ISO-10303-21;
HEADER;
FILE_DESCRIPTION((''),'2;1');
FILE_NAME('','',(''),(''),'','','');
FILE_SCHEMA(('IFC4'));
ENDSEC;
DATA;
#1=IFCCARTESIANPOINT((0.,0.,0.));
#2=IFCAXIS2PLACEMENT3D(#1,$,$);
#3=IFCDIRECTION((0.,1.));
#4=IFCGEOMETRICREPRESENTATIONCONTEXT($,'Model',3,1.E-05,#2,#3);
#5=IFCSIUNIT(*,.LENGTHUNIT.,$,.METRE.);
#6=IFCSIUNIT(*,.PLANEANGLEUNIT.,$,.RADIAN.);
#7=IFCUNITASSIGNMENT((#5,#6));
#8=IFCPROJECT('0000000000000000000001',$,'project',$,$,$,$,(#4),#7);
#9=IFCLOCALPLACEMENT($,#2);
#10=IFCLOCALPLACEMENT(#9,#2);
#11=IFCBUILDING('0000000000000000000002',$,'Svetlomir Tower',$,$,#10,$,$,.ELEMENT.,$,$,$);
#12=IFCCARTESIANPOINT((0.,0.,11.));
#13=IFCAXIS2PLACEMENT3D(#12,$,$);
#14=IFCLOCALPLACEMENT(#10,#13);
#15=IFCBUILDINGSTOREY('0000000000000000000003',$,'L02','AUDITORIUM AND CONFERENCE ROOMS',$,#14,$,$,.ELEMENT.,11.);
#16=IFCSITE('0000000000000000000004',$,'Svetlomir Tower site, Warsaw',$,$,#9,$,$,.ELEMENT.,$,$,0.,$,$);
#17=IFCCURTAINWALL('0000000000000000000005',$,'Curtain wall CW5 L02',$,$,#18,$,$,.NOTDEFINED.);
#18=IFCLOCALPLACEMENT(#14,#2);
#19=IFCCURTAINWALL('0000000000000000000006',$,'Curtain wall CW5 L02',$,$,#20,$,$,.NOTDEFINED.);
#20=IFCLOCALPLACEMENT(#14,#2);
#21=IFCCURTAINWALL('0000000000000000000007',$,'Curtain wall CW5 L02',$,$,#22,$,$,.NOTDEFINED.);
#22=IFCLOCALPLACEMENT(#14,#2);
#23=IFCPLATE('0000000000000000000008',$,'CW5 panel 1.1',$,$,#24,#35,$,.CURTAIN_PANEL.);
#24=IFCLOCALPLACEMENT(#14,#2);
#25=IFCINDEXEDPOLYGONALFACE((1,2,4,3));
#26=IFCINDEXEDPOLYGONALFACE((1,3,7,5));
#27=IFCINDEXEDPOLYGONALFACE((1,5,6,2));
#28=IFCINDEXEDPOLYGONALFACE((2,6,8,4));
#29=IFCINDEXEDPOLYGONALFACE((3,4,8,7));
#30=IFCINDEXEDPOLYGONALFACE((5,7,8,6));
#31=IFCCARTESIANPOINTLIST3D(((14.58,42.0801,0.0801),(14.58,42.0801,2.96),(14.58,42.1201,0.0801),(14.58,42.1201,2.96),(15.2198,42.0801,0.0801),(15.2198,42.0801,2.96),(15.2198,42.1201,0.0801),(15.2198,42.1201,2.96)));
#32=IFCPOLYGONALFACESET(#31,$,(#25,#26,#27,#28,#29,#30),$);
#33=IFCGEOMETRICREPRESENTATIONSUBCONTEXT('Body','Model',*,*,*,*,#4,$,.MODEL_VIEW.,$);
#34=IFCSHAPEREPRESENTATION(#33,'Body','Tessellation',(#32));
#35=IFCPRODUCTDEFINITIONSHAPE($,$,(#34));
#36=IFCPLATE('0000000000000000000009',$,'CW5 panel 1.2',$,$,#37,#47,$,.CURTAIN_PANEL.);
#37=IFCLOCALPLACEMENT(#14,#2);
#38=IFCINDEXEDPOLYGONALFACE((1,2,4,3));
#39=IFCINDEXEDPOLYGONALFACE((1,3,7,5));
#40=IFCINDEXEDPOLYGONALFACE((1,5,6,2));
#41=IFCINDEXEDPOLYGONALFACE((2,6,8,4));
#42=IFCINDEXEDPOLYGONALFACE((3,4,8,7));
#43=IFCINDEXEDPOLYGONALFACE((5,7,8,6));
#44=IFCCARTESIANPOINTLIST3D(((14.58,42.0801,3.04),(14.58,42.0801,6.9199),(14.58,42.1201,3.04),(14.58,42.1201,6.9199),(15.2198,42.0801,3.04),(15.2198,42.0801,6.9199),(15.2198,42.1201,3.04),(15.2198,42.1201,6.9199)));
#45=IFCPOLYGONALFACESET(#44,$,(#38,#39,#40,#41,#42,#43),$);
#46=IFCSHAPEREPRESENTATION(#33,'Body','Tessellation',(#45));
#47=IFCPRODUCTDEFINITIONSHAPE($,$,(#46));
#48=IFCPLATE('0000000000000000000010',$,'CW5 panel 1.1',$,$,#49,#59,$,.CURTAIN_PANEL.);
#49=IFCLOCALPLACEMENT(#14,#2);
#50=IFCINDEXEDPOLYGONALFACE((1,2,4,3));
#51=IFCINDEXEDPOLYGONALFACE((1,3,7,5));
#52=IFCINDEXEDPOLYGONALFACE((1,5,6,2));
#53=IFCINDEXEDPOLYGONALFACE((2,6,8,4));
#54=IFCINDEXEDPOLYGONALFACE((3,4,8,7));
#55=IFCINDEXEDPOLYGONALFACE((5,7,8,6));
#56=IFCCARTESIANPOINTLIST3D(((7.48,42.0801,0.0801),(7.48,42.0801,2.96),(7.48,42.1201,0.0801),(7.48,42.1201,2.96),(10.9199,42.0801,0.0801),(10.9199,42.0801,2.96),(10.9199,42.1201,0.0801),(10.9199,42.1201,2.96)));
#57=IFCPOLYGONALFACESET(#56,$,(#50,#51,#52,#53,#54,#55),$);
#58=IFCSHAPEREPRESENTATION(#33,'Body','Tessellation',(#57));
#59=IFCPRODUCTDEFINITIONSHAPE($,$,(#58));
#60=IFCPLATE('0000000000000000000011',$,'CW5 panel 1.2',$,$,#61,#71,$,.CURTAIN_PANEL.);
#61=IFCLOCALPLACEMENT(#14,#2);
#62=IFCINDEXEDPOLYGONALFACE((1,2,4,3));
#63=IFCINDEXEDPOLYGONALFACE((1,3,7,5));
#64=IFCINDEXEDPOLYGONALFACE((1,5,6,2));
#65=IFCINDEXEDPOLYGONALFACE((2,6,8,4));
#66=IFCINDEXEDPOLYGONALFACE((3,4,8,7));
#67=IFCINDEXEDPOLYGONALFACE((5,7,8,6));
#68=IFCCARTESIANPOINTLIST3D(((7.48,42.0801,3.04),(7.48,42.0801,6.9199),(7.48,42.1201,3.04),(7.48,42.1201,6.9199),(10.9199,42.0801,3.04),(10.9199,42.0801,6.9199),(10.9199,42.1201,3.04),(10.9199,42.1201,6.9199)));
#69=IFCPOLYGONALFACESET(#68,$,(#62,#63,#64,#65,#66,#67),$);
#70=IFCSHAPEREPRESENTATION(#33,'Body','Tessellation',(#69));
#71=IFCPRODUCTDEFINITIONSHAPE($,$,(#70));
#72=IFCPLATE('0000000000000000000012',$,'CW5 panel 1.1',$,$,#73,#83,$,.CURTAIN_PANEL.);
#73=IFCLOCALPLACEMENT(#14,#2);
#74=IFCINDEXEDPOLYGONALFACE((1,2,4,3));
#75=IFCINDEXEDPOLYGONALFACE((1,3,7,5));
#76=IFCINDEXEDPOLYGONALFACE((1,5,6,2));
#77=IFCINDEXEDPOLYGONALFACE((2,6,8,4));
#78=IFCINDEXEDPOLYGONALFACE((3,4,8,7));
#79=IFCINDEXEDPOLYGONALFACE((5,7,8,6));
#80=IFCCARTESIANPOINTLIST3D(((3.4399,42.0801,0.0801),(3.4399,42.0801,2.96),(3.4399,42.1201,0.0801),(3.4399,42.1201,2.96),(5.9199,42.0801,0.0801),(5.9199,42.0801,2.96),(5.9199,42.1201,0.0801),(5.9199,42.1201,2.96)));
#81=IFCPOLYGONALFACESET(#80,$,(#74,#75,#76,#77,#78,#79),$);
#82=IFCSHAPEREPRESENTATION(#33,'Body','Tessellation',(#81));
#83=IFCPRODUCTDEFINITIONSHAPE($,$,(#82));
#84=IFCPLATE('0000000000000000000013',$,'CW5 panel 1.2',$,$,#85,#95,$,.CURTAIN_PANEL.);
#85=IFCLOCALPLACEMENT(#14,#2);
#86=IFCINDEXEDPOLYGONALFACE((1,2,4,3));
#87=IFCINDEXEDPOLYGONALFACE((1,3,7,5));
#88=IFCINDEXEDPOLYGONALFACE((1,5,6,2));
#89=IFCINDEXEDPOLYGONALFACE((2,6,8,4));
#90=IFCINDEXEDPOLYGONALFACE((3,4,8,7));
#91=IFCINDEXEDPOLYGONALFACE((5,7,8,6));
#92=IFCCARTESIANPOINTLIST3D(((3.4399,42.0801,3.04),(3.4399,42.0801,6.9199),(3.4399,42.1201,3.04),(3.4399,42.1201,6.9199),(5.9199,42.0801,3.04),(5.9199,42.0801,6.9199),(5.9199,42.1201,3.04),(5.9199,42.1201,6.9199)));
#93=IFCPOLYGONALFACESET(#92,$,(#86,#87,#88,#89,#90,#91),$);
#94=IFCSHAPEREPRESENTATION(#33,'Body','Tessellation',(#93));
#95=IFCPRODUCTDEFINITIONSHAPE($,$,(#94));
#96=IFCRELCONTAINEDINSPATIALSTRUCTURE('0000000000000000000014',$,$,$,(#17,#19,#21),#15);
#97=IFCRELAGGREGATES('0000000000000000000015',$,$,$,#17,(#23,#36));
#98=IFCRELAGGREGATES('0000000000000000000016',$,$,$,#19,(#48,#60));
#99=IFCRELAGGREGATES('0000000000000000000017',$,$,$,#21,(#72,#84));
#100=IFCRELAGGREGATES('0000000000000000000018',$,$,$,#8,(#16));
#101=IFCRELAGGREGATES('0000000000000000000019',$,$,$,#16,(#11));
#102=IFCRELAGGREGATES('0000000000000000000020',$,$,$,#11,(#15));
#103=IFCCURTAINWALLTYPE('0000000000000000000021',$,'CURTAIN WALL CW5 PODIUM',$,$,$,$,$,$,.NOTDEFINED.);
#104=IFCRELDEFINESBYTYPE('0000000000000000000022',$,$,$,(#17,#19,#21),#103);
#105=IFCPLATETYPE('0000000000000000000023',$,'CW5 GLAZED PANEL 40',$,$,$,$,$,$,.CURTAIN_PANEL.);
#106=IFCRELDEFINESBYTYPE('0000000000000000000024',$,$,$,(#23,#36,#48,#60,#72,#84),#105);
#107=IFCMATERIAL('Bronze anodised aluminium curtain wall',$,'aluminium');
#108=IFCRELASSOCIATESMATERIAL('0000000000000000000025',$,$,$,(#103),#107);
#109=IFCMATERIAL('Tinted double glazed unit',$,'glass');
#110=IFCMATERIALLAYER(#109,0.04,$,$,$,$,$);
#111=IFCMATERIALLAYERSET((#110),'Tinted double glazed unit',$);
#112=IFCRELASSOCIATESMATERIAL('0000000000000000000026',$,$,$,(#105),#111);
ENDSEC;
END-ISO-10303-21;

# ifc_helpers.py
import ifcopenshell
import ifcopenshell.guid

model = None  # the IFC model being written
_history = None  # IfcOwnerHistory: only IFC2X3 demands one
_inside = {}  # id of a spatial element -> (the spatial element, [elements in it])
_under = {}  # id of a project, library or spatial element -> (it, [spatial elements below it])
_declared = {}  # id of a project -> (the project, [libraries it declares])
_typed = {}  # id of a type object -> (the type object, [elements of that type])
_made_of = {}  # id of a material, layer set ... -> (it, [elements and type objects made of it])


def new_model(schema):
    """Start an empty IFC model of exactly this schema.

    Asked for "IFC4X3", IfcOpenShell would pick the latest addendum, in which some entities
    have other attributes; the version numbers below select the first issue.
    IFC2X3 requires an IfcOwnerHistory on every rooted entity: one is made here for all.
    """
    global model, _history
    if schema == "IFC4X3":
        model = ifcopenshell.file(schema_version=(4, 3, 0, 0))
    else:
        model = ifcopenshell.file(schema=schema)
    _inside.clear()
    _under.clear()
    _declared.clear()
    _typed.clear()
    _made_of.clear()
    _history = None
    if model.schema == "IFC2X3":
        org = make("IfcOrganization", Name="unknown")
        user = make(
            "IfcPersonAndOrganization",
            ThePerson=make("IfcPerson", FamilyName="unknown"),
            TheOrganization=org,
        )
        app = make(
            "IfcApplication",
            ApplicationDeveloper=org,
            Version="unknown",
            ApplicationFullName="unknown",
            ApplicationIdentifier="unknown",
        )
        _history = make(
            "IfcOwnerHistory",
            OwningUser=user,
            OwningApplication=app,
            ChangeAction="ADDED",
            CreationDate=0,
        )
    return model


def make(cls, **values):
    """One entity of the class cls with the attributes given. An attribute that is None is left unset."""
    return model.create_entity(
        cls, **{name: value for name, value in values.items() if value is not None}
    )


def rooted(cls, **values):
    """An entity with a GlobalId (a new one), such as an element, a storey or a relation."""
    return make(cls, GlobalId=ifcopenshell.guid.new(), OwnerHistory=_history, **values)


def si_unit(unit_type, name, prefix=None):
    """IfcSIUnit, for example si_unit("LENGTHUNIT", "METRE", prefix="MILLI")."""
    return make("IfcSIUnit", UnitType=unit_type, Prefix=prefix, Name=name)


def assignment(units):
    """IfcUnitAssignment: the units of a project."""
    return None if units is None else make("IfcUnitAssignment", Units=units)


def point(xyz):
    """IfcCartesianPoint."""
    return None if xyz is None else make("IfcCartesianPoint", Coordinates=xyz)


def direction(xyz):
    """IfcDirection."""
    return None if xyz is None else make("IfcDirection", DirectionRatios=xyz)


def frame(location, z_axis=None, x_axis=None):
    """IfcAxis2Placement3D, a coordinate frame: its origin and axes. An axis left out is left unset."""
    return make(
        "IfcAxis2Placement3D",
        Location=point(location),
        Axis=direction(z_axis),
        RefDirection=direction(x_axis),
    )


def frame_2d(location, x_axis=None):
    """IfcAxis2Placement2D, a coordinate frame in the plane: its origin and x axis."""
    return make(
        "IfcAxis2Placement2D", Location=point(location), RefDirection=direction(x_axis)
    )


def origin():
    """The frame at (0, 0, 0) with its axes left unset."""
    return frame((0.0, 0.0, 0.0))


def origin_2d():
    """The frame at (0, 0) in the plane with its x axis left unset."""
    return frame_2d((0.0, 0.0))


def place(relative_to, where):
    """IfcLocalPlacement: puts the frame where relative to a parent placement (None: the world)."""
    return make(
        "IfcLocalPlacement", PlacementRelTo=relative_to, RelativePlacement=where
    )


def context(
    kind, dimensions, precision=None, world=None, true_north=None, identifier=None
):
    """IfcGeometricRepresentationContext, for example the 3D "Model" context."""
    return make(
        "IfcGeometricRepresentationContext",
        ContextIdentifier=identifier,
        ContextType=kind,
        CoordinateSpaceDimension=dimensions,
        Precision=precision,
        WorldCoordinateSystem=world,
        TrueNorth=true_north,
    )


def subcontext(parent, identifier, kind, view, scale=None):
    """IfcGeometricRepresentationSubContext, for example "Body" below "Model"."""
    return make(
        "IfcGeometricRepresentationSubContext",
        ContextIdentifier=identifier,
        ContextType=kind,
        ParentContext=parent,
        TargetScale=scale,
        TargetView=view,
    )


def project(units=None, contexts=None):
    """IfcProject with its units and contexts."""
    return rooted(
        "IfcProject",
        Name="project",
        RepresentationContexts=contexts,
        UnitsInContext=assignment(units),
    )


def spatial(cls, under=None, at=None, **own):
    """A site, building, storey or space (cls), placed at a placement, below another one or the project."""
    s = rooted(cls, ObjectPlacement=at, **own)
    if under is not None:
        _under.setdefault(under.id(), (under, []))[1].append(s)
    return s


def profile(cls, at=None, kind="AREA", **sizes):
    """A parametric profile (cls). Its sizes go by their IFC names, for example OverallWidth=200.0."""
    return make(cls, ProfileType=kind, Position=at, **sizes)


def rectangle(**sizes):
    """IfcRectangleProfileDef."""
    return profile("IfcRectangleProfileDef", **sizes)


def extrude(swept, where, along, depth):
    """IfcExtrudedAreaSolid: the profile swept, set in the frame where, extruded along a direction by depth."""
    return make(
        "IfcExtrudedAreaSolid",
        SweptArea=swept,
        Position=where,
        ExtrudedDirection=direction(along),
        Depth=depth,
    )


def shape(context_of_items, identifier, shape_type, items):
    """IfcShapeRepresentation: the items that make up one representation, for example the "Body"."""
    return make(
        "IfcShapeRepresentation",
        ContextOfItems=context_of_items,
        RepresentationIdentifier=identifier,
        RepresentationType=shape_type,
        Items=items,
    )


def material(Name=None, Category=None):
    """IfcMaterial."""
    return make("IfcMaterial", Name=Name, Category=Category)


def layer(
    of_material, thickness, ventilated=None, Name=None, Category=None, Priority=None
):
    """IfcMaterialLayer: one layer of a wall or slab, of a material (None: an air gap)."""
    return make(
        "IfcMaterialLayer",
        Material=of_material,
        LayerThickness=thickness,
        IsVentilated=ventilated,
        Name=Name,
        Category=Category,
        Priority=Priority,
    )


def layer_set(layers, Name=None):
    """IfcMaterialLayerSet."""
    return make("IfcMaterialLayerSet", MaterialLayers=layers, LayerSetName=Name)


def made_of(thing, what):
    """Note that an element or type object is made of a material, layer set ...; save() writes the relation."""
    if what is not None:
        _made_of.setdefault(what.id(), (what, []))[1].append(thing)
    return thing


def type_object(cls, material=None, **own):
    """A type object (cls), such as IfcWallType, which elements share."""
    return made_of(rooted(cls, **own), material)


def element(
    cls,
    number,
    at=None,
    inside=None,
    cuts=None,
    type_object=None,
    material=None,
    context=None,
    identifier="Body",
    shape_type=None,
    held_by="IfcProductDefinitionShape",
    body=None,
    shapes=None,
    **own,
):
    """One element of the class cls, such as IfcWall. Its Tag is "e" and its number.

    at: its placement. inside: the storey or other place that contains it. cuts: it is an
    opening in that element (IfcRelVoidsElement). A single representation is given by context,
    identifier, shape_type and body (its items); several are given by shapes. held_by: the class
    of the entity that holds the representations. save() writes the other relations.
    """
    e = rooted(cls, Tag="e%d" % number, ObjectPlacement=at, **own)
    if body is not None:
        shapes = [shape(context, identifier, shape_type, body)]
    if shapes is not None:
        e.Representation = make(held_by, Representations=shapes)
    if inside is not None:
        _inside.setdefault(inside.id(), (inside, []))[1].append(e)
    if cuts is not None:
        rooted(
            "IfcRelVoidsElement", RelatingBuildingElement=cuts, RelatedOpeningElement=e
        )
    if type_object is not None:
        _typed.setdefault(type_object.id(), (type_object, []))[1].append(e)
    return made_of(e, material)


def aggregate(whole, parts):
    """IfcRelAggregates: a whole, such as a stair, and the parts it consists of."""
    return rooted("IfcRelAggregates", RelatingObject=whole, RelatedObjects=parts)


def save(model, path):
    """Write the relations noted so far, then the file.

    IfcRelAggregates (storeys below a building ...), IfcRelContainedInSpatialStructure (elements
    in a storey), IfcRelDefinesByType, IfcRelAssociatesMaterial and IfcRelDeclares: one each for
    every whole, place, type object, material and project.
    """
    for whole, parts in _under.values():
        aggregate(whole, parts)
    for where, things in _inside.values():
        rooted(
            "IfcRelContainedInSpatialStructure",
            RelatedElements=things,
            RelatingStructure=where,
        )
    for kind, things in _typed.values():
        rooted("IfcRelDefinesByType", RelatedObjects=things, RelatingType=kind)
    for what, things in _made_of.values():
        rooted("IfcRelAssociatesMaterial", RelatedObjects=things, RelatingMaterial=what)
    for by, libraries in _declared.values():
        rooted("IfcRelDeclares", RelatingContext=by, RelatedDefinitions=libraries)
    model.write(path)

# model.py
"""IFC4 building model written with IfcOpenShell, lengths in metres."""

from ifc_helpers import new_model, si_unit, direction, frame, origin, origin_2d, place, context, subcontext, project, spatial, rectangle, extrude, material, layer, layer_set, type_object, element, aggregate, save


model = new_model("IFC4")

# Units and contexts
model_context = context("Model", 3, precision=1e-05, world=origin(), true_north=direction((0.0, 1.0)))
body_context = subcontext(model_context, "Body", "Model", "MODEL_VIEW")
ifc_project = project(units=[si_unit("LENGTHUNIT", "METRE"), si_unit("PLANEANGLEUNIT", "RADIAN")], contexts=[model_context])

# Site, building, storey
site_placement = place(None, origin())
site = spatial("IfcSite", under=ifc_project, at=site_placement, Name="Svetlomir Tower site, Warsaw", CompositionType="ELEMENT", RefElevation=0.0)
building_placement = place(site_placement, origin())
building = spatial("IfcBuilding", under=site, at=building_placement, Name="Svetlomir Tower", CompositionType="ELEMENT")
storey_placement = place(building_placement, frame((0.0, 0.0, 11.0)))
storey = spatial("IfcBuildingStorey", under=building, at=storey_placement, Name="L02", Description="AUDITORIUM AND CONFERENCE ROOMS", CompositionType="ELEMENT", Elevation=11.0)

# Curtain walls
ifc_material_1 = material(Name="Bronze anodised aluminium curtain wall", Category="aluminium")
curtain_wall_type = type_object("IfcCurtainWallType", Name="CURTAIN WALL CW5 PODIUM", PredefinedType="NOTDEFINED", material=ifc_material_1)
curtain_wall_1_placement = place(storey_placement, origin())
curtain_wall_1 = element("IfcCurtainWall", 1, at=curtain_wall_1_placement, inside=storey, type_object=curtain_wall_type, Name="Curtain wall CW5 L02", PredefinedType="NOTDEFINED")
curtain_wall_2_placement = place(storey_placement, origin())
curtain_wall_2 = element("IfcCurtainWall", 2, at=curtain_wall_2_placement, inside=storey, type_object=curtain_wall_type, Name="Curtain wall CW5 L02", PredefinedType="NOTDEFINED")
curtain_wall_3_placement = place(storey_placement, origin())
curtain_wall_3 = element("IfcCurtainWall", 3, at=curtain_wall_3_placement, inside=storey, type_object=curtain_wall_type, Name="Curtain wall CW5 L02", PredefinedType="NOTDEFINED")

# Plates
ifc_material_2 = material(Name="Tinted double glazed unit", Category="glass")
ifc_layer = layer(ifc_material_2, 0.04)
ifc_layer_set = layer_set([ifc_layer], Name="Tinted double glazed unit")
plate_type = type_object("IfcPlateType", Name="CW5 GLAZED PANEL 40", PredefinedType="CURTAIN_PANEL", material=ifc_layer_set)
plate_1_placement = place(storey_placement, frame((14.8999, 42.1001, 0.0801), z_axis=(0.0, 0.0, 1.0), x_axis=(-1.0, 0.0, 0.0)))
plate_1 = element("IfcPlate", 4, at=plate_1_placement, type_object=plate_type, Name="CW5 panel 1.1", PredefinedType="CURTAIN_PANEL", context=body_context, shape_type="SweptSolid", body=[
    extrude(rectangle(XDim=0.6399, YDim=0.04, at=origin_2d()), origin(), (0.0, 0.0, 1.0), 2.8799),
])
plate_2_placement = place(storey_placement, frame((14.8999, 42.1001, 3.04), z_axis=(0.0, 0.0, 1.0), x_axis=(-1.0, 0.0, 0.0)))
plate_2 = element("IfcPlate", 5, at=plate_2_placement, type_object=plate_type, Name="CW5 panel 1.2", PredefinedType="CURTAIN_PANEL", context=body_context, shape_type="SweptSolid", body=[
    extrude(rectangle(XDim=0.6399, YDim=0.04, at=origin_2d()), origin(), (0.0, 0.0, 1.0), 3.8799),
])
aggregate(curtain_wall_1, [plate_1, plate_2])
plate_3_placement = place(storey_placement, frame((9.2, 42.1001, 0.0801), z_axis=(0.0, 0.0, 1.0), x_axis=(-1.0, 0.0, 0.0)))
plate_3 = element("IfcPlate", 6, at=plate_3_placement, type_object=plate_type, Name="CW5 panel 1.1", PredefinedType="CURTAIN_PANEL", context=body_context, shape_type="SweptSolid", body=[
    extrude(rectangle(XDim=3.4399, YDim=0.04, at=origin_2d()), origin(), (0.0, 0.0, 1.0), 2.8799),
])
plate_4_placement = place(storey_placement, frame((9.2, 42.1001, 3.04), z_axis=(0.0, 0.0, 1.0), x_axis=(-1.0, 0.0, 0.0)))
plate_4 = element("IfcPlate", 7, at=plate_4_placement, type_object=plate_type, Name="CW5 panel 1.2", PredefinedType="CURTAIN_PANEL", context=body_context, shape_type="SweptSolid", body=[
    extrude(rectangle(XDim=3.4399, YDim=0.04, at=origin_2d()), origin(), (0.0, 0.0, 1.0), 3.8799),
])
aggregate(curtain_wall_2, [plate_3, plate_4])
plate_5_placement = place(storey_placement, frame((4.6799, 42.1001, 0.0801), z_axis=(0.0, 0.0, 1.0), x_axis=(-1.0, 0.0, 0.0)))
plate_5 = element("IfcPlate", 8, at=plate_5_placement, type_object=plate_type, Name="CW5 panel 1.1", PredefinedType="CURTAIN_PANEL", context=body_context, shape_type="SweptSolid", body=[
    extrude(rectangle(XDim=2.48, YDim=0.04, at=origin_2d()), origin(), (0.0, 0.0, 1.0), 2.8799),
])
plate_6_placement = place(storey_placement, frame((4.6799, 42.1001, 3.04), z_axis=(0.0, 0.0, 1.0), x_axis=(-1.0, 0.0, 0.0)))
plate_6 = element("IfcPlate", 9, at=plate_6_placement, type_object=plate_type, Name="CW5 panel 1.2", PredefinedType="CURTAIN_PANEL", context=body_context, shape_type="SweptSolid", body=[
    extrude(rectangle(XDim=2.48, YDim=0.04, at=origin_2d()), origin(), (0.0, 0.0, 1.0), 3.8799),
])
aggregate(curtain_wall_3, [plate_5, plate_6])

save(model, "model.ifc")
